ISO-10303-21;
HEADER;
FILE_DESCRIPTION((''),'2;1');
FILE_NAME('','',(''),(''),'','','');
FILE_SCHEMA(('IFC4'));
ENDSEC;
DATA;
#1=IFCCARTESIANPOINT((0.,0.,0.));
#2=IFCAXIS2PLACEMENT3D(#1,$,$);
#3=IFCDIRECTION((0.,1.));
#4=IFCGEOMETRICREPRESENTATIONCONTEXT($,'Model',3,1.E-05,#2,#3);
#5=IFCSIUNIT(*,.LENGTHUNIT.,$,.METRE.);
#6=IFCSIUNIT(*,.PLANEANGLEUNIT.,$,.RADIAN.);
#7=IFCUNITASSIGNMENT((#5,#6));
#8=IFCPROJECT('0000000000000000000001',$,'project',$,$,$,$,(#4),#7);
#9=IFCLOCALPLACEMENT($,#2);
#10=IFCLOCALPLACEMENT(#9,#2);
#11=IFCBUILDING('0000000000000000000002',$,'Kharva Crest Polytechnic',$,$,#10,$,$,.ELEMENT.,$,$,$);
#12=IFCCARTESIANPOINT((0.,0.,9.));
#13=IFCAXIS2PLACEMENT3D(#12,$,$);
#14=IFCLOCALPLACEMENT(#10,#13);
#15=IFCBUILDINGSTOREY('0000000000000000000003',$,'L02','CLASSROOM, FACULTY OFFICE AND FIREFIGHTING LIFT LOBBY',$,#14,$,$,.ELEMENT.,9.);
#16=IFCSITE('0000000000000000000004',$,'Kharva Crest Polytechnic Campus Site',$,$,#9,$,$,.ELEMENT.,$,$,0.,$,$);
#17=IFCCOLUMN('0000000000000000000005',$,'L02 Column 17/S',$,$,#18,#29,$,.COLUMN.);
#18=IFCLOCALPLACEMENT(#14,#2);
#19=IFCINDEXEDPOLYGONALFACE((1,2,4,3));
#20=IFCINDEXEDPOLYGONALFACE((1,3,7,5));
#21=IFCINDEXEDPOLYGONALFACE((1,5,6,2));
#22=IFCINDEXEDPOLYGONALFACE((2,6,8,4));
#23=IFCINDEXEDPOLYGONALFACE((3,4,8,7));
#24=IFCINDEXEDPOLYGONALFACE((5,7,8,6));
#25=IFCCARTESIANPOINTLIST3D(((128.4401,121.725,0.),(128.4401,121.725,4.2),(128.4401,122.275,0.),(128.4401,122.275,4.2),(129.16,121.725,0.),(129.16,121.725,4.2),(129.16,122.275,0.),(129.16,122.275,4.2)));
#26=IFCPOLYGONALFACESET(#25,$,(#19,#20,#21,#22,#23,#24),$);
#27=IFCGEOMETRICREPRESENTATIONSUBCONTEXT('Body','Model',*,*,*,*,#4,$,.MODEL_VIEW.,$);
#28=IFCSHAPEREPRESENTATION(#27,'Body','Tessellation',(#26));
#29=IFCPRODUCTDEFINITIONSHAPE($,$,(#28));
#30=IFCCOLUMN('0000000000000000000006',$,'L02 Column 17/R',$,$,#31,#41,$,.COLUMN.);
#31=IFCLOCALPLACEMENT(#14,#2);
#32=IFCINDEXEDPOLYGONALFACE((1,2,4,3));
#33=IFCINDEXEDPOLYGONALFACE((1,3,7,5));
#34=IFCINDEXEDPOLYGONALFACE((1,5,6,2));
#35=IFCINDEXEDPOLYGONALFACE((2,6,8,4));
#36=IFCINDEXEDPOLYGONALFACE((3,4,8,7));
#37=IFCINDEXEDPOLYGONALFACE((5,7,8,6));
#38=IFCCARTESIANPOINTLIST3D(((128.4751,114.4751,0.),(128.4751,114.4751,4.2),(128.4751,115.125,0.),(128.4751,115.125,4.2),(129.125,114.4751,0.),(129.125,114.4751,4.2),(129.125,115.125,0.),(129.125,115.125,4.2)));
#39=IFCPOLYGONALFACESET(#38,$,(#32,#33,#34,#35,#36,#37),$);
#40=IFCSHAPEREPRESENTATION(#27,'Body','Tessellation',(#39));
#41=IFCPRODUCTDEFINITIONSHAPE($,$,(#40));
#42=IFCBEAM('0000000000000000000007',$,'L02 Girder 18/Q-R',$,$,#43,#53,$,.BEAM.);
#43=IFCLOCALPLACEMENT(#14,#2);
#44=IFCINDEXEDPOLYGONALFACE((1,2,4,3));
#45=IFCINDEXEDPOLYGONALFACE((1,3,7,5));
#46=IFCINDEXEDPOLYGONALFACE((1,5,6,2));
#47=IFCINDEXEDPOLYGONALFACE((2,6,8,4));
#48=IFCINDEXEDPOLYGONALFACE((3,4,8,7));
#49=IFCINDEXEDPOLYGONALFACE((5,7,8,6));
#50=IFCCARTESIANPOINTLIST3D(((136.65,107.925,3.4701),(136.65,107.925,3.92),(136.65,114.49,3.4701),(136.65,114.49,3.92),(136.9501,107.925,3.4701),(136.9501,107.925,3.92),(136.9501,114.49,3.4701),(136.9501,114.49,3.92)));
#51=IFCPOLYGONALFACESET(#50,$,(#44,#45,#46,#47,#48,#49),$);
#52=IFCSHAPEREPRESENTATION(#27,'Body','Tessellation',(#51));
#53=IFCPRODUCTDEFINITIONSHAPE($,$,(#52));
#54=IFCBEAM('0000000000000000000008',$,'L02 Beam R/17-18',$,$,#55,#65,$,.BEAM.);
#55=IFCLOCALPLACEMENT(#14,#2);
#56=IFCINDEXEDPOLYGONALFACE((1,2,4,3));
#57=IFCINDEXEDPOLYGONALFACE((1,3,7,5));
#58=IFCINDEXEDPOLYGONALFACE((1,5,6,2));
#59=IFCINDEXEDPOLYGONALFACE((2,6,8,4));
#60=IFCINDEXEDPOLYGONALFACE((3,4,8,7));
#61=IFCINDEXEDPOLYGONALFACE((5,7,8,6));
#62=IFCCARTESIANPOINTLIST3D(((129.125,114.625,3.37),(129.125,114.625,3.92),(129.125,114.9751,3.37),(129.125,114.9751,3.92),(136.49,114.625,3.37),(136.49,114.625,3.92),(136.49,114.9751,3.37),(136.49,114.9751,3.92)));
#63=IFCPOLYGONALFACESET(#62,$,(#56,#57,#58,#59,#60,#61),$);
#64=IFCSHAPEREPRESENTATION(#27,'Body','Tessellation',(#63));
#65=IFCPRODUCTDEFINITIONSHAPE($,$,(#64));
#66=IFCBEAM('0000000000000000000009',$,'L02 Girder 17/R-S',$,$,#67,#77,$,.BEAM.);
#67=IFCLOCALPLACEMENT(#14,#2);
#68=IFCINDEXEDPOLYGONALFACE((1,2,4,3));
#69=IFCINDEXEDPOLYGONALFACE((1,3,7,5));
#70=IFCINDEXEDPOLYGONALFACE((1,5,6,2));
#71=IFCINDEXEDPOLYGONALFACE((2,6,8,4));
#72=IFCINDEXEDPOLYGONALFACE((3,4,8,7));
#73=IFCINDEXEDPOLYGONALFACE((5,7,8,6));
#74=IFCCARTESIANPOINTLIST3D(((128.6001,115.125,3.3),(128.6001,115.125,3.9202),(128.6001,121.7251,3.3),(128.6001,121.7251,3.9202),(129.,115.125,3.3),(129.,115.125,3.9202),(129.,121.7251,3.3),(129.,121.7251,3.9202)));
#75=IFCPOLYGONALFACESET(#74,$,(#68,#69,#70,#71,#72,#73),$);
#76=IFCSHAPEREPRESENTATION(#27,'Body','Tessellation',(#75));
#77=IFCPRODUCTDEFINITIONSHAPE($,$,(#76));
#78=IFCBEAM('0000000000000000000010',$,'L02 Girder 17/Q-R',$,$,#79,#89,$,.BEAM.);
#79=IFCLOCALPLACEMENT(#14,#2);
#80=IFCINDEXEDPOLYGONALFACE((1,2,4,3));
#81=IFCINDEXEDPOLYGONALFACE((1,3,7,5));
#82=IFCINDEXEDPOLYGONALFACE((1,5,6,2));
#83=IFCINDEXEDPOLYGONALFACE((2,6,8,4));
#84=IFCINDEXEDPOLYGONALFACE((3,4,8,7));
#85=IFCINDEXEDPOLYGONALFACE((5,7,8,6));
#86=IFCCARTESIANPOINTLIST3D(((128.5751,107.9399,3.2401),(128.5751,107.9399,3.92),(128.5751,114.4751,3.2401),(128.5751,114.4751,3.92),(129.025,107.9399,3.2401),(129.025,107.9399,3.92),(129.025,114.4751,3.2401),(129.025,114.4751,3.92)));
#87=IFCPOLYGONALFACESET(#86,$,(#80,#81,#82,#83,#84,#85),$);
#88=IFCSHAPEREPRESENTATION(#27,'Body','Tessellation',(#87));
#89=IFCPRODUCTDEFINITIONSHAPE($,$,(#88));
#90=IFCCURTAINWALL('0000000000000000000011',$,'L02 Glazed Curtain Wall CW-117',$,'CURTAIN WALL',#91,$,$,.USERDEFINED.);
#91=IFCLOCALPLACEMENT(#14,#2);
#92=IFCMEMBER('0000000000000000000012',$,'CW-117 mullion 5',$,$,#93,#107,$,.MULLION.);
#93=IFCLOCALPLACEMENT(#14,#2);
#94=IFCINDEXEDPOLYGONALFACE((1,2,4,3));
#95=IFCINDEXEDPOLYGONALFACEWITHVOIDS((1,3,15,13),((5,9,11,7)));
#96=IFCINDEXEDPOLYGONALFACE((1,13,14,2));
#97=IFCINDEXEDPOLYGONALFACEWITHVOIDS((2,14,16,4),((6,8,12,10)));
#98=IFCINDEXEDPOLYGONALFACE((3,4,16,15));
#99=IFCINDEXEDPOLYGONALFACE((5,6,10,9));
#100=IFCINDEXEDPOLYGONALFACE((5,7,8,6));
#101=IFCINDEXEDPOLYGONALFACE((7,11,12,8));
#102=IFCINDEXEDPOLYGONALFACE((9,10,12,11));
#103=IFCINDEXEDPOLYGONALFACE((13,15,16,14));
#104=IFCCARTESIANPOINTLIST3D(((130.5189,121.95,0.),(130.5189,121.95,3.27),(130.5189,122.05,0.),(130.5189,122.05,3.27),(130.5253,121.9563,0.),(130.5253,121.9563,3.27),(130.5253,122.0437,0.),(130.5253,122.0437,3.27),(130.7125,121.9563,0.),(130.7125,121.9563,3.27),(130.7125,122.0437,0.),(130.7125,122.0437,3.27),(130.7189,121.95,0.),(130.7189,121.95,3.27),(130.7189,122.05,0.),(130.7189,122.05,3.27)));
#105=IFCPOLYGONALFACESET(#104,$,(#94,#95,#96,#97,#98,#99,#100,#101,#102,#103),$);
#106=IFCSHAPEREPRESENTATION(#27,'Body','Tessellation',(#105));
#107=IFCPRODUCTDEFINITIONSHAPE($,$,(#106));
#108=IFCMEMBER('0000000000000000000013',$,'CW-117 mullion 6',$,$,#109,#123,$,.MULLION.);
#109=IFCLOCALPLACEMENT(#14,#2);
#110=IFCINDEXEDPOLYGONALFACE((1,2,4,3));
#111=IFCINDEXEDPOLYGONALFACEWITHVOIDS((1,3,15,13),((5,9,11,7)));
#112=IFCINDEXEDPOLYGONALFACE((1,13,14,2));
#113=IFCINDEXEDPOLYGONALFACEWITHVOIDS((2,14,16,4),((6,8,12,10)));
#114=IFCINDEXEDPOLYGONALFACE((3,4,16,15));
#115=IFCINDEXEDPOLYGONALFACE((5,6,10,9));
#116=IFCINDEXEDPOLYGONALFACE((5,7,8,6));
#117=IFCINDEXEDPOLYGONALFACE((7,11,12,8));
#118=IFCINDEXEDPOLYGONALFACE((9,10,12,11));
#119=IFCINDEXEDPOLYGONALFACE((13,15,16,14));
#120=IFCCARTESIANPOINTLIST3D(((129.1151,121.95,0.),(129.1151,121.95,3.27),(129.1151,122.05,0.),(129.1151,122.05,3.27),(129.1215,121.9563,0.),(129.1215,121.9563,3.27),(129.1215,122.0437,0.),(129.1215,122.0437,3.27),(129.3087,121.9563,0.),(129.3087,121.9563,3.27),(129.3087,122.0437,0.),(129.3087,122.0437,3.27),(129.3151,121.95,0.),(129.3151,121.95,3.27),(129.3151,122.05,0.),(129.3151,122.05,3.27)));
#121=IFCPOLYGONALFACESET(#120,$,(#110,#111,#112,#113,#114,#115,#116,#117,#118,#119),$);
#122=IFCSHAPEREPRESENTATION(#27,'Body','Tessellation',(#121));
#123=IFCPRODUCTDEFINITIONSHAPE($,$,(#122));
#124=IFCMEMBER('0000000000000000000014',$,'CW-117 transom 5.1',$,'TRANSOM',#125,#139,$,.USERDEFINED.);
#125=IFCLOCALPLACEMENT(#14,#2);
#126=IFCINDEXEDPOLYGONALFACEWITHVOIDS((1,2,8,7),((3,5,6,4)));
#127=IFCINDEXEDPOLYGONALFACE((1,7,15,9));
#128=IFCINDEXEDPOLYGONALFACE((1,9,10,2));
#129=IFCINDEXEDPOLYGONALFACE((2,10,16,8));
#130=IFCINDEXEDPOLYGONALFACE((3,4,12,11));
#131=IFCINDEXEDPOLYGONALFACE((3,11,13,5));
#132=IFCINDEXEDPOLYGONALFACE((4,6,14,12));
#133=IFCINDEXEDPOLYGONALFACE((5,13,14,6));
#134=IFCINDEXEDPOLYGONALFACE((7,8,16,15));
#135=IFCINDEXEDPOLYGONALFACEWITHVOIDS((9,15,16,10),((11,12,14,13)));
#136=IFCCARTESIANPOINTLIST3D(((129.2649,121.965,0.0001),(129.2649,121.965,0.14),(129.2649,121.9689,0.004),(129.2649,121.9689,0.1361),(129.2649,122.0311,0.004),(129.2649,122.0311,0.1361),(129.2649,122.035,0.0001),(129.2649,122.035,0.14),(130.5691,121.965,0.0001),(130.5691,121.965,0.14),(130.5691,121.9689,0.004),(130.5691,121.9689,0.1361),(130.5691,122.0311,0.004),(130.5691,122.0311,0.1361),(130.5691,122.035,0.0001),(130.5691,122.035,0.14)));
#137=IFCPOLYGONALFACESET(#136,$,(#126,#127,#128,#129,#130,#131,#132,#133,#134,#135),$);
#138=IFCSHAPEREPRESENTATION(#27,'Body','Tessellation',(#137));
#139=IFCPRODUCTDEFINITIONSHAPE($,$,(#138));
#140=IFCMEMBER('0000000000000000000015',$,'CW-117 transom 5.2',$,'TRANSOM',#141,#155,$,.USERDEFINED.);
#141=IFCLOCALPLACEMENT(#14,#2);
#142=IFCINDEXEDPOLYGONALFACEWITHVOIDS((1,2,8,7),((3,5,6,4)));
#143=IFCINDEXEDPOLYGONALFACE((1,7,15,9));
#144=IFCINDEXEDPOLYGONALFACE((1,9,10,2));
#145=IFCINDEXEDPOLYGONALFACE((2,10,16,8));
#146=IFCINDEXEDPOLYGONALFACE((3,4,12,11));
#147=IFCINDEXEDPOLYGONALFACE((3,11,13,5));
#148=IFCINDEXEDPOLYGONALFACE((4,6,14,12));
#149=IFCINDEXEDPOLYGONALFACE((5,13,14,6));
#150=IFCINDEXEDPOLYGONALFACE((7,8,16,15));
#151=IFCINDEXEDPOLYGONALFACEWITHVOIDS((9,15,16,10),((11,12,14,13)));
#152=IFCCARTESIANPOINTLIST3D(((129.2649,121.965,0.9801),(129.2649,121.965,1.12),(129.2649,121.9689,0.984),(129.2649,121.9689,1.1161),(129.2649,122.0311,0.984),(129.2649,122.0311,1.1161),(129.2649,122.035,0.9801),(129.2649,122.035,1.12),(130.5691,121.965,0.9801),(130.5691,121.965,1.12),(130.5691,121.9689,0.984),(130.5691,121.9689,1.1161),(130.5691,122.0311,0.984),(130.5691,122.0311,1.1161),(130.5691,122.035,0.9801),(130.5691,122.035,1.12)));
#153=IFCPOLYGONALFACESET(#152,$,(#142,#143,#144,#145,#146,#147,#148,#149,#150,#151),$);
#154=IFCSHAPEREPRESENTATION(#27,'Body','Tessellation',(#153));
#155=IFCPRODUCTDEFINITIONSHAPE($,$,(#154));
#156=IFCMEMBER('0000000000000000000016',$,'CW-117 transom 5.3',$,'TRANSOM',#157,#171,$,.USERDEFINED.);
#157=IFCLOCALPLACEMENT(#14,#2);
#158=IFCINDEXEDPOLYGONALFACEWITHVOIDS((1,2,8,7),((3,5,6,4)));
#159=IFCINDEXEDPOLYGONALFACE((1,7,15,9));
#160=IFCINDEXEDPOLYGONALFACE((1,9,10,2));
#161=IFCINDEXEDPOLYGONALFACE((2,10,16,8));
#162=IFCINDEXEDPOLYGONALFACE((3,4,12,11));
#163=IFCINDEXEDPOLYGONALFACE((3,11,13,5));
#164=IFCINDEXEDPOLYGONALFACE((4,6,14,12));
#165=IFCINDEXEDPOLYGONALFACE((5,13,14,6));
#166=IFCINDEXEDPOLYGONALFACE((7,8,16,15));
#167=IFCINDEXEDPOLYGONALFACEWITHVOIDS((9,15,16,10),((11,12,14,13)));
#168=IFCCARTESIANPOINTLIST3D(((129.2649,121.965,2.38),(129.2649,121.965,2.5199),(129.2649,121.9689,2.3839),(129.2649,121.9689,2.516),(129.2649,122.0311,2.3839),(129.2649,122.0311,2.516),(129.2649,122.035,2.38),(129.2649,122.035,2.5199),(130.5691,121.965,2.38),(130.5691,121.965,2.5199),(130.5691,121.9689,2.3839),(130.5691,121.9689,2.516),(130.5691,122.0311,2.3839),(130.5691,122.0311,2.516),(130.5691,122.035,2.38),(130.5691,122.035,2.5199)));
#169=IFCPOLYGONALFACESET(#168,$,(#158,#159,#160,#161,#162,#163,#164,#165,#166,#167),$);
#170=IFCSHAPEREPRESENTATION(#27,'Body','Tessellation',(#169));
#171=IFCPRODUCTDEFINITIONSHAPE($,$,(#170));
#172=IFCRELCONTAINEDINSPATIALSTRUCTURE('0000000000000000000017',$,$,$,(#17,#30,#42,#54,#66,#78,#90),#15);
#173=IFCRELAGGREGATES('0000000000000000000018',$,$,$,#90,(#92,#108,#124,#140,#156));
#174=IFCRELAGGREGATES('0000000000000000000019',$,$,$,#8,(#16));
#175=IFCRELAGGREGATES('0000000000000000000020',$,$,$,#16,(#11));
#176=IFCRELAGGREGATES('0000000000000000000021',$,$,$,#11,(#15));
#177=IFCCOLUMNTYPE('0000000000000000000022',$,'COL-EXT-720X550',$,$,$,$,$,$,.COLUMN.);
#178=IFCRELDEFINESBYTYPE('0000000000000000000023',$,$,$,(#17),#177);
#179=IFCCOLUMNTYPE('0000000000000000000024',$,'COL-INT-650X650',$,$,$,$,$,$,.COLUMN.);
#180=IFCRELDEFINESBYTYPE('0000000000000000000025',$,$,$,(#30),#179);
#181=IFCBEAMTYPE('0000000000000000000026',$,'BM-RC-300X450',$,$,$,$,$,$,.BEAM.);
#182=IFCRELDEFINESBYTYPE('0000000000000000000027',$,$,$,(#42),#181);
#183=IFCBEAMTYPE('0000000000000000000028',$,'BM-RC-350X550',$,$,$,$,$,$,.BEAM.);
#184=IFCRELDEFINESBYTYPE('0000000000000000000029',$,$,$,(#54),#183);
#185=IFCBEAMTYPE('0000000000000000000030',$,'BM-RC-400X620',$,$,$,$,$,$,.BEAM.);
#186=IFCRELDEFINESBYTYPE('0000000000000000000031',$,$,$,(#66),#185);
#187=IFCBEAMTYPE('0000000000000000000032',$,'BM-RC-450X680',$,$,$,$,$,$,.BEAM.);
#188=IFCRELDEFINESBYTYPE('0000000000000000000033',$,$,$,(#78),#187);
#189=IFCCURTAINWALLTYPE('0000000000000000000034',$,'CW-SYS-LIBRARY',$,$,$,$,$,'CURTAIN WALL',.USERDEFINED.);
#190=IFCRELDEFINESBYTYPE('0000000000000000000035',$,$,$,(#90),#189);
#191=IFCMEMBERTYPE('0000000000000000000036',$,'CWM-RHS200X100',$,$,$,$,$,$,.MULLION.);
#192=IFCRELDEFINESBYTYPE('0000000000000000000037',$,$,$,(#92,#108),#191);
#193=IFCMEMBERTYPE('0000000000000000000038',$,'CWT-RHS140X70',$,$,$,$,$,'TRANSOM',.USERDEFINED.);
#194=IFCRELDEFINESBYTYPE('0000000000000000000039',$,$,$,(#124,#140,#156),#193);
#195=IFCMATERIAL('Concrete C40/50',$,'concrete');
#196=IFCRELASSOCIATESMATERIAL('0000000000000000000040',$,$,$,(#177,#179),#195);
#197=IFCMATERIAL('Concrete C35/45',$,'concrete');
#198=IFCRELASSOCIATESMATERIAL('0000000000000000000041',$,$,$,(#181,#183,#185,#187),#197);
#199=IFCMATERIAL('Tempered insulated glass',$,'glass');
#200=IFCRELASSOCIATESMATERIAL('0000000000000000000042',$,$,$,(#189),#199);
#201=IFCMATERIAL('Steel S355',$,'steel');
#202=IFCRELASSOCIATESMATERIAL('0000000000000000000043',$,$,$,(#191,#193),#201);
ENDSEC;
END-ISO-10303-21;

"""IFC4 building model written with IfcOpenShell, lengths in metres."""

from ifc_helpers import new_model, si_unit, direction, frame, origin, origin_2d, place, context, subcontext, project, spatial, rectangle, hollow_rectangle, extrude, material, material_profile, profile_set, type_object, element, aggregate, save


model = new_model("IFC4")

# Units and contexts
model_context = context("Model", 3, precision=1e-05, world=origin(), true_north=direction((0.0, 1.0)))
body_context = subcontext(model_context, "Body", "Model", "MODEL_VIEW")
ifc_project = project(units=[si_unit("LENGTHUNIT", "METRE"), si_unit("PLANEANGLEUNIT", "RADIAN")], contexts=[model_context])

# Site, building, storey
site_placement = place(None, origin())
site = spatial("IfcSite", under=ifc_project, at=site_placement, Name="Kharva Crest Polytechnic Campus Site", CompositionType="ELEMENT", RefElevation=0.0)
building_placement = place(site_placement, origin())
building = spatial("IfcBuilding", under=site, at=building_placement, Name="Kharva Crest Polytechnic", CompositionType="ELEMENT")
storey_placement = place(building_placement, frame((0.0, 0.0, 9.0)))
storey = spatial("IfcBuildingStorey", under=building, at=storey_placement, Name="L02", Description="CLASSROOM, FACULTY OFFICE AND FIREFIGHTING LIFT LOBBY", CompositionType="ELEMENT", Elevation=9.0)

# Columns
ifc_material_1 = material(Name="Concrete C40/50", Category="concrete")
ifc_material_profile_1 = material_profile(ifc_material_1, rectangle(XDim=0.72, YDim=0.55, at=origin_2d()), Name="RECT 720 X 550")
ifc_profile_set_1 = profile_set([ifc_material_profile_1], Name="Concrete C40/50")
column_type_1 = type_object("IfcColumnType", Name="COL-EXT-720X550", PredefinedType="COLUMN", material=ifc_profile_set_1)
column_1_placement = place(storey_placement, frame((128.8, 122.0, 0.0), z_axis=(0.0, 0.0, 1.0), x_axis=(1.0, 0.0, 0.0)))
element("IfcColumn", 1, at=column_1_placement, inside=storey, type_object=column_type_1, Name="L02 Column 17/S", PredefinedType="COLUMN", context=body_context, shape_type="SweptSolid", body=[
    extrude(rectangle(XDim=0.72, YDim=0.55, at=origin_2d()), origin(), (0.0, 0.0, 1.0), 4.2),
])
ifc_material_profile_2 = material_profile(ifc_material_1, rectangle(XDim=0.6499, YDim=0.6499, at=origin_2d()), Name="RECT 650 X 650")
ifc_profile_set_2 = profile_set([ifc_material_profile_2], Name="Concrete C40/50")
column_type_2 = type_object("IfcColumnType", Name="COL-INT-650X650", PredefinedType="COLUMN", material=ifc_profile_set_2)
column_2_placement = place(storey_placement, frame((128.8, 114.8, 0.0), z_axis=(0.0, 0.0, 1.0), x_axis=(1.0, 0.0, 0.0)))
element("IfcColumn", 2, at=column_2_placement, inside=storey, type_object=column_type_2, Name="L02 Column 17/R", PredefinedType="COLUMN", context=body_context, shape_type="SweptSolid", body=[
    extrude(rectangle(XDim=0.6499, YDim=0.6499, at=origin_2d()), origin(), (0.0, 0.0, 1.0), 4.2),
])

# Beams
ifc_material_2 = material(Name="Concrete C35/45", Category="concrete")
ifc_material_profile_3 = material_profile(ifc_material_2, rectangle(XDim=0.3, YDim=0.45, at=origin_2d()), Name="RECT 300 X 450")
ifc_profile_set_3 = profile_set([ifc_material_profile_3], Name="Concrete C35/45")
beam_type_1 = type_object("IfcBeamType", Name="BM-RC-300X450", PredefinedType="BEAM", material=ifc_profile_set_3)
beam_1_placement = place(storey_placement, frame((136.8, 107.925, 3.6951), z_axis=(0.0, 1.0, 0.0), x_axis=(-1.0, 0.0, 0.0)))
element("IfcBeam", 3, at=beam_1_placement, inside=storey, type_object=beam_type_1, Name="L02 Girder 18/Q-R", PredefinedType="BEAM", context=body_context, shape_type="SweptSolid", body=[
    extrude(rectangle(XDim=0.3, YDim=0.45, at=origin_2d()), origin(), (0.0, 0.0, 1.0), 6.5649),
])
ifc_material_profile_4 = material_profile(ifc_material_2, rectangle(XDim=0.3501, YDim=0.55, at=origin_2d()), Name="RECT 350 X 550")
ifc_profile_set_4 = profile_set([ifc_material_profile_4], Name="Concrete C35/45")
beam_type_2 = type_object("IfcBeamType", Name="BM-RC-350X550", PredefinedType="BEAM", material=ifc_profile_set_4)
beam_2_placement = place(storey_placement, frame((129.125, 114.8, 3.645), z_axis=(1.0, 0.0, 0.0), x_axis=(0.0, 1.0, 0.0)))
element("IfcBeam", 4, at=beam_2_placement, inside=storey, type_object=beam_type_2, Name="L02 Beam R/17-18", PredefinedType="BEAM", context=body_context, shape_type="SweptSolid", body=[
    extrude(rectangle(XDim=0.3501, YDim=0.55, at=origin_2d()), origin(), (0.0, 0.0, 1.0), 7.365),
])
ifc_material_profile_5 = material_profile(ifc_material_2, rectangle(XDim=0.3999, YDim=0.6201, at=origin_2d()), Name="RECT 400 X 620")
ifc_profile_set_5 = profile_set([ifc_material_profile_5], Name="Concrete C35/45")
beam_type_3 = type_object("IfcBeamType", Name="BM-RC-400X620", PredefinedType="BEAM", material=ifc_profile_set_5)
beam_3_placement = place(storey_placement, frame((128.8, 115.125, 3.6101), z_axis=(0.0, 1.0, 0.0), x_axis=(-1.0, 0.0, 0.0)))
element("IfcBeam", 5, at=beam_3_placement, inside=storey, type_object=beam_type_3, Name="L02 Girder 17/R-S", PredefinedType="BEAM", context=body_context, shape_type="SweptSolid", body=[
    extrude(rectangle(XDim=0.3999, YDim=0.6201, at=origin_2d()), origin(), (0.0, 0.0, 1.0), 6.6001),
])
ifc_material_profile_6 = material_profile(ifc_material_2, rectangle(XDim=0.45, YDim=0.6799, at=origin_2d()), Name="RECT 450 X 680")
ifc_profile_set_6 = profile_set([ifc_material_profile_6], Name="Concrete C35/45")
beam_type_4 = type_object("IfcBeamType", Name="BM-RC-450X680", PredefinedType="BEAM", material=ifc_profile_set_6)
beam_4_placement = place(storey_placement, frame((128.8, 107.9399, 3.5801), z_axis=(0.0, 1.0, 0.0), x_axis=(-1.0, 0.0, 0.0)))
element("IfcBeam", 6, at=beam_4_placement, inside=storey, type_object=beam_type_4, Name="L02 Girder 17/Q-R", PredefinedType="BEAM", context=body_context, shape_type="SweptSolid", body=[
    extrude(rectangle(XDim=0.45, YDim=0.6799, at=origin_2d()), origin(), (0.0, 0.0, 1.0), 6.5352),
])

# Curtain wall, members
ifc_material_3 = material(Name="Tempered insulated glass", Category="glass")
curtain_wall_type = type_object("IfcCurtainWallType", Name="CW-SYS-LIBRARY", ElementType="CURTAIN WALL", PredefinedType="USERDEFINED", material=ifc_material_3)
curtain_wall_placement = place(storey_placement, origin())
curtain_wall = element("IfcCurtainWall", 7, at=curtain_wall_placement, inside=storey, type_object=curtain_wall_type, Name="L02 Glazed Curtain Wall CW-117", ObjectType="CURTAIN WALL", PredefinedType="USERDEFINED")
ifc_material_4 = material(Name="Steel S355", Category="steel")
ifc_material_profile_7 = material_profile(ifc_material_4, hollow_rectangle(XDim=0.1001, YDim=0.2, WallThickness=0.0063, at=origin_2d()), Name="RHS 200X100X6.3")
ifc_profile_set_7 = profile_set([ifc_material_profile_7], Name="Steel S355")
member_type_1 = type_object("IfcMemberType", Name="CWM-RHS200X100", PredefinedType="MULLION", material=ifc_profile_set_7)
member_1_placement = place(storey_placement, frame((130.6189, 122.0, 0.0), z_axis=(0.0, 0.0, 1.0), x_axis=(0.0, -1.0, 0.0)))
member_1 = element("IfcMember", 8, at=member_1_placement, type_object=member_type_1, Name="CW-117 mullion 5", PredefinedType="MULLION", context=body_context, shape_type="SweptSolid", body=[
    extrude(hollow_rectangle(XDim=0.1001, YDim=0.2, WallThickness=0.0063, at=origin_2d()), origin(), (0.0, 0.0, 1.0), 3.27),
])
member_2_placement = place(storey_placement, frame((129.2151, 122.0, 0.0), z_axis=(0.0, 0.0, 1.0), x_axis=(0.0, -1.0, 0.0)))
member_2 = element("IfcMember", 9, at=member_2_placement, type_object=member_type_1, Name="CW-117 mullion 6", PredefinedType="MULLION", context=body_context, shape_type="SweptSolid", body=[
    extrude(hollow_rectangle(XDim=0.1001, YDim=0.2, WallThickness=0.0063, at=origin_2d()), origin(), (0.0, 0.0, 1.0), 3.27),
])
ifc_material_profile_8 = material_profile(ifc_material_4, hollow_rectangle(XDim=0.0701, YDim=0.1399, WallThickness=0.0039, at=origin_2d()), Name="RHS 140X70X4.0")
ifc_profile_set_8 = profile_set([ifc_material_profile_8], Name="Steel S355")
member_type_2 = type_object("IfcMemberType", Name="CWT-RHS140X70", ElementType="TRANSOM", PredefinedType="USERDEFINED", material=ifc_profile_set_8)
member_3_placement = place(storey_placement, frame((130.5691, 122.0, 0.0701), z_axis=(-1.0, 0.0, 0.0), x_axis=(0.0, -1.0, 0.0)))
member_3 = element("IfcMember", 10, at=member_3_placement, type_object=member_type_2, Name="CW-117 transom 5.1", ObjectType="TRANSOM", PredefinedType="USERDEFINED", context=body_context, shape_type="SweptSolid", body=[
    extrude(hollow_rectangle(XDim=0.0701, YDim=0.1399, WallThickness=0.0039, at=origin_2d()), origin(), (0.0, 0.0, 1.0), 1.3042),
])
member_4_placement = place(storey_placement, frame((130.5691, 122.0, 1.05), z_axis=(-1.0, 0.0, 0.0), x_axis=(0.0, -1.0, 0.0)))
member_4 = element("IfcMember", 11, at=member_4_placement, type_object=member_type_2, Name="CW-117 transom 5.2", ObjectType="TRANSOM", PredefinedType="USERDEFINED", context=body_context, shape_type="SweptSolid", body=[
    extrude(hollow_rectangle(XDim=0.0701, YDim=0.1399, WallThickness=0.0039, at=origin_2d()), origin(), (0.0, 0.0, 1.0), 1.3042),
])
member_5_placement = place(storey_placement, frame((130.5691, 122.0, 2.45), z_axis=(-1.0, 0.0, 0.0), x_axis=(0.0, -1.0, 0.0)))
member_5 = element("IfcMember", 12, at=member_5_placement, type_object=member_type_2, Name="CW-117 transom 5.3", ObjectType="TRANSOM", PredefinedType="USERDEFINED", context=body_context, shape_type="SweptSolid", body=[
    extrude(hollow_rectangle(XDim=0.0701, YDim=0.1399, WallThickness=0.0039, at=origin_2d()), origin(), (0.0, 0.0, 1.0), 1.3042),
])

aggregate(curtain_wall, [member_1, member_2, member_3, member_4, member_5])

save(model, "model.ifc")
